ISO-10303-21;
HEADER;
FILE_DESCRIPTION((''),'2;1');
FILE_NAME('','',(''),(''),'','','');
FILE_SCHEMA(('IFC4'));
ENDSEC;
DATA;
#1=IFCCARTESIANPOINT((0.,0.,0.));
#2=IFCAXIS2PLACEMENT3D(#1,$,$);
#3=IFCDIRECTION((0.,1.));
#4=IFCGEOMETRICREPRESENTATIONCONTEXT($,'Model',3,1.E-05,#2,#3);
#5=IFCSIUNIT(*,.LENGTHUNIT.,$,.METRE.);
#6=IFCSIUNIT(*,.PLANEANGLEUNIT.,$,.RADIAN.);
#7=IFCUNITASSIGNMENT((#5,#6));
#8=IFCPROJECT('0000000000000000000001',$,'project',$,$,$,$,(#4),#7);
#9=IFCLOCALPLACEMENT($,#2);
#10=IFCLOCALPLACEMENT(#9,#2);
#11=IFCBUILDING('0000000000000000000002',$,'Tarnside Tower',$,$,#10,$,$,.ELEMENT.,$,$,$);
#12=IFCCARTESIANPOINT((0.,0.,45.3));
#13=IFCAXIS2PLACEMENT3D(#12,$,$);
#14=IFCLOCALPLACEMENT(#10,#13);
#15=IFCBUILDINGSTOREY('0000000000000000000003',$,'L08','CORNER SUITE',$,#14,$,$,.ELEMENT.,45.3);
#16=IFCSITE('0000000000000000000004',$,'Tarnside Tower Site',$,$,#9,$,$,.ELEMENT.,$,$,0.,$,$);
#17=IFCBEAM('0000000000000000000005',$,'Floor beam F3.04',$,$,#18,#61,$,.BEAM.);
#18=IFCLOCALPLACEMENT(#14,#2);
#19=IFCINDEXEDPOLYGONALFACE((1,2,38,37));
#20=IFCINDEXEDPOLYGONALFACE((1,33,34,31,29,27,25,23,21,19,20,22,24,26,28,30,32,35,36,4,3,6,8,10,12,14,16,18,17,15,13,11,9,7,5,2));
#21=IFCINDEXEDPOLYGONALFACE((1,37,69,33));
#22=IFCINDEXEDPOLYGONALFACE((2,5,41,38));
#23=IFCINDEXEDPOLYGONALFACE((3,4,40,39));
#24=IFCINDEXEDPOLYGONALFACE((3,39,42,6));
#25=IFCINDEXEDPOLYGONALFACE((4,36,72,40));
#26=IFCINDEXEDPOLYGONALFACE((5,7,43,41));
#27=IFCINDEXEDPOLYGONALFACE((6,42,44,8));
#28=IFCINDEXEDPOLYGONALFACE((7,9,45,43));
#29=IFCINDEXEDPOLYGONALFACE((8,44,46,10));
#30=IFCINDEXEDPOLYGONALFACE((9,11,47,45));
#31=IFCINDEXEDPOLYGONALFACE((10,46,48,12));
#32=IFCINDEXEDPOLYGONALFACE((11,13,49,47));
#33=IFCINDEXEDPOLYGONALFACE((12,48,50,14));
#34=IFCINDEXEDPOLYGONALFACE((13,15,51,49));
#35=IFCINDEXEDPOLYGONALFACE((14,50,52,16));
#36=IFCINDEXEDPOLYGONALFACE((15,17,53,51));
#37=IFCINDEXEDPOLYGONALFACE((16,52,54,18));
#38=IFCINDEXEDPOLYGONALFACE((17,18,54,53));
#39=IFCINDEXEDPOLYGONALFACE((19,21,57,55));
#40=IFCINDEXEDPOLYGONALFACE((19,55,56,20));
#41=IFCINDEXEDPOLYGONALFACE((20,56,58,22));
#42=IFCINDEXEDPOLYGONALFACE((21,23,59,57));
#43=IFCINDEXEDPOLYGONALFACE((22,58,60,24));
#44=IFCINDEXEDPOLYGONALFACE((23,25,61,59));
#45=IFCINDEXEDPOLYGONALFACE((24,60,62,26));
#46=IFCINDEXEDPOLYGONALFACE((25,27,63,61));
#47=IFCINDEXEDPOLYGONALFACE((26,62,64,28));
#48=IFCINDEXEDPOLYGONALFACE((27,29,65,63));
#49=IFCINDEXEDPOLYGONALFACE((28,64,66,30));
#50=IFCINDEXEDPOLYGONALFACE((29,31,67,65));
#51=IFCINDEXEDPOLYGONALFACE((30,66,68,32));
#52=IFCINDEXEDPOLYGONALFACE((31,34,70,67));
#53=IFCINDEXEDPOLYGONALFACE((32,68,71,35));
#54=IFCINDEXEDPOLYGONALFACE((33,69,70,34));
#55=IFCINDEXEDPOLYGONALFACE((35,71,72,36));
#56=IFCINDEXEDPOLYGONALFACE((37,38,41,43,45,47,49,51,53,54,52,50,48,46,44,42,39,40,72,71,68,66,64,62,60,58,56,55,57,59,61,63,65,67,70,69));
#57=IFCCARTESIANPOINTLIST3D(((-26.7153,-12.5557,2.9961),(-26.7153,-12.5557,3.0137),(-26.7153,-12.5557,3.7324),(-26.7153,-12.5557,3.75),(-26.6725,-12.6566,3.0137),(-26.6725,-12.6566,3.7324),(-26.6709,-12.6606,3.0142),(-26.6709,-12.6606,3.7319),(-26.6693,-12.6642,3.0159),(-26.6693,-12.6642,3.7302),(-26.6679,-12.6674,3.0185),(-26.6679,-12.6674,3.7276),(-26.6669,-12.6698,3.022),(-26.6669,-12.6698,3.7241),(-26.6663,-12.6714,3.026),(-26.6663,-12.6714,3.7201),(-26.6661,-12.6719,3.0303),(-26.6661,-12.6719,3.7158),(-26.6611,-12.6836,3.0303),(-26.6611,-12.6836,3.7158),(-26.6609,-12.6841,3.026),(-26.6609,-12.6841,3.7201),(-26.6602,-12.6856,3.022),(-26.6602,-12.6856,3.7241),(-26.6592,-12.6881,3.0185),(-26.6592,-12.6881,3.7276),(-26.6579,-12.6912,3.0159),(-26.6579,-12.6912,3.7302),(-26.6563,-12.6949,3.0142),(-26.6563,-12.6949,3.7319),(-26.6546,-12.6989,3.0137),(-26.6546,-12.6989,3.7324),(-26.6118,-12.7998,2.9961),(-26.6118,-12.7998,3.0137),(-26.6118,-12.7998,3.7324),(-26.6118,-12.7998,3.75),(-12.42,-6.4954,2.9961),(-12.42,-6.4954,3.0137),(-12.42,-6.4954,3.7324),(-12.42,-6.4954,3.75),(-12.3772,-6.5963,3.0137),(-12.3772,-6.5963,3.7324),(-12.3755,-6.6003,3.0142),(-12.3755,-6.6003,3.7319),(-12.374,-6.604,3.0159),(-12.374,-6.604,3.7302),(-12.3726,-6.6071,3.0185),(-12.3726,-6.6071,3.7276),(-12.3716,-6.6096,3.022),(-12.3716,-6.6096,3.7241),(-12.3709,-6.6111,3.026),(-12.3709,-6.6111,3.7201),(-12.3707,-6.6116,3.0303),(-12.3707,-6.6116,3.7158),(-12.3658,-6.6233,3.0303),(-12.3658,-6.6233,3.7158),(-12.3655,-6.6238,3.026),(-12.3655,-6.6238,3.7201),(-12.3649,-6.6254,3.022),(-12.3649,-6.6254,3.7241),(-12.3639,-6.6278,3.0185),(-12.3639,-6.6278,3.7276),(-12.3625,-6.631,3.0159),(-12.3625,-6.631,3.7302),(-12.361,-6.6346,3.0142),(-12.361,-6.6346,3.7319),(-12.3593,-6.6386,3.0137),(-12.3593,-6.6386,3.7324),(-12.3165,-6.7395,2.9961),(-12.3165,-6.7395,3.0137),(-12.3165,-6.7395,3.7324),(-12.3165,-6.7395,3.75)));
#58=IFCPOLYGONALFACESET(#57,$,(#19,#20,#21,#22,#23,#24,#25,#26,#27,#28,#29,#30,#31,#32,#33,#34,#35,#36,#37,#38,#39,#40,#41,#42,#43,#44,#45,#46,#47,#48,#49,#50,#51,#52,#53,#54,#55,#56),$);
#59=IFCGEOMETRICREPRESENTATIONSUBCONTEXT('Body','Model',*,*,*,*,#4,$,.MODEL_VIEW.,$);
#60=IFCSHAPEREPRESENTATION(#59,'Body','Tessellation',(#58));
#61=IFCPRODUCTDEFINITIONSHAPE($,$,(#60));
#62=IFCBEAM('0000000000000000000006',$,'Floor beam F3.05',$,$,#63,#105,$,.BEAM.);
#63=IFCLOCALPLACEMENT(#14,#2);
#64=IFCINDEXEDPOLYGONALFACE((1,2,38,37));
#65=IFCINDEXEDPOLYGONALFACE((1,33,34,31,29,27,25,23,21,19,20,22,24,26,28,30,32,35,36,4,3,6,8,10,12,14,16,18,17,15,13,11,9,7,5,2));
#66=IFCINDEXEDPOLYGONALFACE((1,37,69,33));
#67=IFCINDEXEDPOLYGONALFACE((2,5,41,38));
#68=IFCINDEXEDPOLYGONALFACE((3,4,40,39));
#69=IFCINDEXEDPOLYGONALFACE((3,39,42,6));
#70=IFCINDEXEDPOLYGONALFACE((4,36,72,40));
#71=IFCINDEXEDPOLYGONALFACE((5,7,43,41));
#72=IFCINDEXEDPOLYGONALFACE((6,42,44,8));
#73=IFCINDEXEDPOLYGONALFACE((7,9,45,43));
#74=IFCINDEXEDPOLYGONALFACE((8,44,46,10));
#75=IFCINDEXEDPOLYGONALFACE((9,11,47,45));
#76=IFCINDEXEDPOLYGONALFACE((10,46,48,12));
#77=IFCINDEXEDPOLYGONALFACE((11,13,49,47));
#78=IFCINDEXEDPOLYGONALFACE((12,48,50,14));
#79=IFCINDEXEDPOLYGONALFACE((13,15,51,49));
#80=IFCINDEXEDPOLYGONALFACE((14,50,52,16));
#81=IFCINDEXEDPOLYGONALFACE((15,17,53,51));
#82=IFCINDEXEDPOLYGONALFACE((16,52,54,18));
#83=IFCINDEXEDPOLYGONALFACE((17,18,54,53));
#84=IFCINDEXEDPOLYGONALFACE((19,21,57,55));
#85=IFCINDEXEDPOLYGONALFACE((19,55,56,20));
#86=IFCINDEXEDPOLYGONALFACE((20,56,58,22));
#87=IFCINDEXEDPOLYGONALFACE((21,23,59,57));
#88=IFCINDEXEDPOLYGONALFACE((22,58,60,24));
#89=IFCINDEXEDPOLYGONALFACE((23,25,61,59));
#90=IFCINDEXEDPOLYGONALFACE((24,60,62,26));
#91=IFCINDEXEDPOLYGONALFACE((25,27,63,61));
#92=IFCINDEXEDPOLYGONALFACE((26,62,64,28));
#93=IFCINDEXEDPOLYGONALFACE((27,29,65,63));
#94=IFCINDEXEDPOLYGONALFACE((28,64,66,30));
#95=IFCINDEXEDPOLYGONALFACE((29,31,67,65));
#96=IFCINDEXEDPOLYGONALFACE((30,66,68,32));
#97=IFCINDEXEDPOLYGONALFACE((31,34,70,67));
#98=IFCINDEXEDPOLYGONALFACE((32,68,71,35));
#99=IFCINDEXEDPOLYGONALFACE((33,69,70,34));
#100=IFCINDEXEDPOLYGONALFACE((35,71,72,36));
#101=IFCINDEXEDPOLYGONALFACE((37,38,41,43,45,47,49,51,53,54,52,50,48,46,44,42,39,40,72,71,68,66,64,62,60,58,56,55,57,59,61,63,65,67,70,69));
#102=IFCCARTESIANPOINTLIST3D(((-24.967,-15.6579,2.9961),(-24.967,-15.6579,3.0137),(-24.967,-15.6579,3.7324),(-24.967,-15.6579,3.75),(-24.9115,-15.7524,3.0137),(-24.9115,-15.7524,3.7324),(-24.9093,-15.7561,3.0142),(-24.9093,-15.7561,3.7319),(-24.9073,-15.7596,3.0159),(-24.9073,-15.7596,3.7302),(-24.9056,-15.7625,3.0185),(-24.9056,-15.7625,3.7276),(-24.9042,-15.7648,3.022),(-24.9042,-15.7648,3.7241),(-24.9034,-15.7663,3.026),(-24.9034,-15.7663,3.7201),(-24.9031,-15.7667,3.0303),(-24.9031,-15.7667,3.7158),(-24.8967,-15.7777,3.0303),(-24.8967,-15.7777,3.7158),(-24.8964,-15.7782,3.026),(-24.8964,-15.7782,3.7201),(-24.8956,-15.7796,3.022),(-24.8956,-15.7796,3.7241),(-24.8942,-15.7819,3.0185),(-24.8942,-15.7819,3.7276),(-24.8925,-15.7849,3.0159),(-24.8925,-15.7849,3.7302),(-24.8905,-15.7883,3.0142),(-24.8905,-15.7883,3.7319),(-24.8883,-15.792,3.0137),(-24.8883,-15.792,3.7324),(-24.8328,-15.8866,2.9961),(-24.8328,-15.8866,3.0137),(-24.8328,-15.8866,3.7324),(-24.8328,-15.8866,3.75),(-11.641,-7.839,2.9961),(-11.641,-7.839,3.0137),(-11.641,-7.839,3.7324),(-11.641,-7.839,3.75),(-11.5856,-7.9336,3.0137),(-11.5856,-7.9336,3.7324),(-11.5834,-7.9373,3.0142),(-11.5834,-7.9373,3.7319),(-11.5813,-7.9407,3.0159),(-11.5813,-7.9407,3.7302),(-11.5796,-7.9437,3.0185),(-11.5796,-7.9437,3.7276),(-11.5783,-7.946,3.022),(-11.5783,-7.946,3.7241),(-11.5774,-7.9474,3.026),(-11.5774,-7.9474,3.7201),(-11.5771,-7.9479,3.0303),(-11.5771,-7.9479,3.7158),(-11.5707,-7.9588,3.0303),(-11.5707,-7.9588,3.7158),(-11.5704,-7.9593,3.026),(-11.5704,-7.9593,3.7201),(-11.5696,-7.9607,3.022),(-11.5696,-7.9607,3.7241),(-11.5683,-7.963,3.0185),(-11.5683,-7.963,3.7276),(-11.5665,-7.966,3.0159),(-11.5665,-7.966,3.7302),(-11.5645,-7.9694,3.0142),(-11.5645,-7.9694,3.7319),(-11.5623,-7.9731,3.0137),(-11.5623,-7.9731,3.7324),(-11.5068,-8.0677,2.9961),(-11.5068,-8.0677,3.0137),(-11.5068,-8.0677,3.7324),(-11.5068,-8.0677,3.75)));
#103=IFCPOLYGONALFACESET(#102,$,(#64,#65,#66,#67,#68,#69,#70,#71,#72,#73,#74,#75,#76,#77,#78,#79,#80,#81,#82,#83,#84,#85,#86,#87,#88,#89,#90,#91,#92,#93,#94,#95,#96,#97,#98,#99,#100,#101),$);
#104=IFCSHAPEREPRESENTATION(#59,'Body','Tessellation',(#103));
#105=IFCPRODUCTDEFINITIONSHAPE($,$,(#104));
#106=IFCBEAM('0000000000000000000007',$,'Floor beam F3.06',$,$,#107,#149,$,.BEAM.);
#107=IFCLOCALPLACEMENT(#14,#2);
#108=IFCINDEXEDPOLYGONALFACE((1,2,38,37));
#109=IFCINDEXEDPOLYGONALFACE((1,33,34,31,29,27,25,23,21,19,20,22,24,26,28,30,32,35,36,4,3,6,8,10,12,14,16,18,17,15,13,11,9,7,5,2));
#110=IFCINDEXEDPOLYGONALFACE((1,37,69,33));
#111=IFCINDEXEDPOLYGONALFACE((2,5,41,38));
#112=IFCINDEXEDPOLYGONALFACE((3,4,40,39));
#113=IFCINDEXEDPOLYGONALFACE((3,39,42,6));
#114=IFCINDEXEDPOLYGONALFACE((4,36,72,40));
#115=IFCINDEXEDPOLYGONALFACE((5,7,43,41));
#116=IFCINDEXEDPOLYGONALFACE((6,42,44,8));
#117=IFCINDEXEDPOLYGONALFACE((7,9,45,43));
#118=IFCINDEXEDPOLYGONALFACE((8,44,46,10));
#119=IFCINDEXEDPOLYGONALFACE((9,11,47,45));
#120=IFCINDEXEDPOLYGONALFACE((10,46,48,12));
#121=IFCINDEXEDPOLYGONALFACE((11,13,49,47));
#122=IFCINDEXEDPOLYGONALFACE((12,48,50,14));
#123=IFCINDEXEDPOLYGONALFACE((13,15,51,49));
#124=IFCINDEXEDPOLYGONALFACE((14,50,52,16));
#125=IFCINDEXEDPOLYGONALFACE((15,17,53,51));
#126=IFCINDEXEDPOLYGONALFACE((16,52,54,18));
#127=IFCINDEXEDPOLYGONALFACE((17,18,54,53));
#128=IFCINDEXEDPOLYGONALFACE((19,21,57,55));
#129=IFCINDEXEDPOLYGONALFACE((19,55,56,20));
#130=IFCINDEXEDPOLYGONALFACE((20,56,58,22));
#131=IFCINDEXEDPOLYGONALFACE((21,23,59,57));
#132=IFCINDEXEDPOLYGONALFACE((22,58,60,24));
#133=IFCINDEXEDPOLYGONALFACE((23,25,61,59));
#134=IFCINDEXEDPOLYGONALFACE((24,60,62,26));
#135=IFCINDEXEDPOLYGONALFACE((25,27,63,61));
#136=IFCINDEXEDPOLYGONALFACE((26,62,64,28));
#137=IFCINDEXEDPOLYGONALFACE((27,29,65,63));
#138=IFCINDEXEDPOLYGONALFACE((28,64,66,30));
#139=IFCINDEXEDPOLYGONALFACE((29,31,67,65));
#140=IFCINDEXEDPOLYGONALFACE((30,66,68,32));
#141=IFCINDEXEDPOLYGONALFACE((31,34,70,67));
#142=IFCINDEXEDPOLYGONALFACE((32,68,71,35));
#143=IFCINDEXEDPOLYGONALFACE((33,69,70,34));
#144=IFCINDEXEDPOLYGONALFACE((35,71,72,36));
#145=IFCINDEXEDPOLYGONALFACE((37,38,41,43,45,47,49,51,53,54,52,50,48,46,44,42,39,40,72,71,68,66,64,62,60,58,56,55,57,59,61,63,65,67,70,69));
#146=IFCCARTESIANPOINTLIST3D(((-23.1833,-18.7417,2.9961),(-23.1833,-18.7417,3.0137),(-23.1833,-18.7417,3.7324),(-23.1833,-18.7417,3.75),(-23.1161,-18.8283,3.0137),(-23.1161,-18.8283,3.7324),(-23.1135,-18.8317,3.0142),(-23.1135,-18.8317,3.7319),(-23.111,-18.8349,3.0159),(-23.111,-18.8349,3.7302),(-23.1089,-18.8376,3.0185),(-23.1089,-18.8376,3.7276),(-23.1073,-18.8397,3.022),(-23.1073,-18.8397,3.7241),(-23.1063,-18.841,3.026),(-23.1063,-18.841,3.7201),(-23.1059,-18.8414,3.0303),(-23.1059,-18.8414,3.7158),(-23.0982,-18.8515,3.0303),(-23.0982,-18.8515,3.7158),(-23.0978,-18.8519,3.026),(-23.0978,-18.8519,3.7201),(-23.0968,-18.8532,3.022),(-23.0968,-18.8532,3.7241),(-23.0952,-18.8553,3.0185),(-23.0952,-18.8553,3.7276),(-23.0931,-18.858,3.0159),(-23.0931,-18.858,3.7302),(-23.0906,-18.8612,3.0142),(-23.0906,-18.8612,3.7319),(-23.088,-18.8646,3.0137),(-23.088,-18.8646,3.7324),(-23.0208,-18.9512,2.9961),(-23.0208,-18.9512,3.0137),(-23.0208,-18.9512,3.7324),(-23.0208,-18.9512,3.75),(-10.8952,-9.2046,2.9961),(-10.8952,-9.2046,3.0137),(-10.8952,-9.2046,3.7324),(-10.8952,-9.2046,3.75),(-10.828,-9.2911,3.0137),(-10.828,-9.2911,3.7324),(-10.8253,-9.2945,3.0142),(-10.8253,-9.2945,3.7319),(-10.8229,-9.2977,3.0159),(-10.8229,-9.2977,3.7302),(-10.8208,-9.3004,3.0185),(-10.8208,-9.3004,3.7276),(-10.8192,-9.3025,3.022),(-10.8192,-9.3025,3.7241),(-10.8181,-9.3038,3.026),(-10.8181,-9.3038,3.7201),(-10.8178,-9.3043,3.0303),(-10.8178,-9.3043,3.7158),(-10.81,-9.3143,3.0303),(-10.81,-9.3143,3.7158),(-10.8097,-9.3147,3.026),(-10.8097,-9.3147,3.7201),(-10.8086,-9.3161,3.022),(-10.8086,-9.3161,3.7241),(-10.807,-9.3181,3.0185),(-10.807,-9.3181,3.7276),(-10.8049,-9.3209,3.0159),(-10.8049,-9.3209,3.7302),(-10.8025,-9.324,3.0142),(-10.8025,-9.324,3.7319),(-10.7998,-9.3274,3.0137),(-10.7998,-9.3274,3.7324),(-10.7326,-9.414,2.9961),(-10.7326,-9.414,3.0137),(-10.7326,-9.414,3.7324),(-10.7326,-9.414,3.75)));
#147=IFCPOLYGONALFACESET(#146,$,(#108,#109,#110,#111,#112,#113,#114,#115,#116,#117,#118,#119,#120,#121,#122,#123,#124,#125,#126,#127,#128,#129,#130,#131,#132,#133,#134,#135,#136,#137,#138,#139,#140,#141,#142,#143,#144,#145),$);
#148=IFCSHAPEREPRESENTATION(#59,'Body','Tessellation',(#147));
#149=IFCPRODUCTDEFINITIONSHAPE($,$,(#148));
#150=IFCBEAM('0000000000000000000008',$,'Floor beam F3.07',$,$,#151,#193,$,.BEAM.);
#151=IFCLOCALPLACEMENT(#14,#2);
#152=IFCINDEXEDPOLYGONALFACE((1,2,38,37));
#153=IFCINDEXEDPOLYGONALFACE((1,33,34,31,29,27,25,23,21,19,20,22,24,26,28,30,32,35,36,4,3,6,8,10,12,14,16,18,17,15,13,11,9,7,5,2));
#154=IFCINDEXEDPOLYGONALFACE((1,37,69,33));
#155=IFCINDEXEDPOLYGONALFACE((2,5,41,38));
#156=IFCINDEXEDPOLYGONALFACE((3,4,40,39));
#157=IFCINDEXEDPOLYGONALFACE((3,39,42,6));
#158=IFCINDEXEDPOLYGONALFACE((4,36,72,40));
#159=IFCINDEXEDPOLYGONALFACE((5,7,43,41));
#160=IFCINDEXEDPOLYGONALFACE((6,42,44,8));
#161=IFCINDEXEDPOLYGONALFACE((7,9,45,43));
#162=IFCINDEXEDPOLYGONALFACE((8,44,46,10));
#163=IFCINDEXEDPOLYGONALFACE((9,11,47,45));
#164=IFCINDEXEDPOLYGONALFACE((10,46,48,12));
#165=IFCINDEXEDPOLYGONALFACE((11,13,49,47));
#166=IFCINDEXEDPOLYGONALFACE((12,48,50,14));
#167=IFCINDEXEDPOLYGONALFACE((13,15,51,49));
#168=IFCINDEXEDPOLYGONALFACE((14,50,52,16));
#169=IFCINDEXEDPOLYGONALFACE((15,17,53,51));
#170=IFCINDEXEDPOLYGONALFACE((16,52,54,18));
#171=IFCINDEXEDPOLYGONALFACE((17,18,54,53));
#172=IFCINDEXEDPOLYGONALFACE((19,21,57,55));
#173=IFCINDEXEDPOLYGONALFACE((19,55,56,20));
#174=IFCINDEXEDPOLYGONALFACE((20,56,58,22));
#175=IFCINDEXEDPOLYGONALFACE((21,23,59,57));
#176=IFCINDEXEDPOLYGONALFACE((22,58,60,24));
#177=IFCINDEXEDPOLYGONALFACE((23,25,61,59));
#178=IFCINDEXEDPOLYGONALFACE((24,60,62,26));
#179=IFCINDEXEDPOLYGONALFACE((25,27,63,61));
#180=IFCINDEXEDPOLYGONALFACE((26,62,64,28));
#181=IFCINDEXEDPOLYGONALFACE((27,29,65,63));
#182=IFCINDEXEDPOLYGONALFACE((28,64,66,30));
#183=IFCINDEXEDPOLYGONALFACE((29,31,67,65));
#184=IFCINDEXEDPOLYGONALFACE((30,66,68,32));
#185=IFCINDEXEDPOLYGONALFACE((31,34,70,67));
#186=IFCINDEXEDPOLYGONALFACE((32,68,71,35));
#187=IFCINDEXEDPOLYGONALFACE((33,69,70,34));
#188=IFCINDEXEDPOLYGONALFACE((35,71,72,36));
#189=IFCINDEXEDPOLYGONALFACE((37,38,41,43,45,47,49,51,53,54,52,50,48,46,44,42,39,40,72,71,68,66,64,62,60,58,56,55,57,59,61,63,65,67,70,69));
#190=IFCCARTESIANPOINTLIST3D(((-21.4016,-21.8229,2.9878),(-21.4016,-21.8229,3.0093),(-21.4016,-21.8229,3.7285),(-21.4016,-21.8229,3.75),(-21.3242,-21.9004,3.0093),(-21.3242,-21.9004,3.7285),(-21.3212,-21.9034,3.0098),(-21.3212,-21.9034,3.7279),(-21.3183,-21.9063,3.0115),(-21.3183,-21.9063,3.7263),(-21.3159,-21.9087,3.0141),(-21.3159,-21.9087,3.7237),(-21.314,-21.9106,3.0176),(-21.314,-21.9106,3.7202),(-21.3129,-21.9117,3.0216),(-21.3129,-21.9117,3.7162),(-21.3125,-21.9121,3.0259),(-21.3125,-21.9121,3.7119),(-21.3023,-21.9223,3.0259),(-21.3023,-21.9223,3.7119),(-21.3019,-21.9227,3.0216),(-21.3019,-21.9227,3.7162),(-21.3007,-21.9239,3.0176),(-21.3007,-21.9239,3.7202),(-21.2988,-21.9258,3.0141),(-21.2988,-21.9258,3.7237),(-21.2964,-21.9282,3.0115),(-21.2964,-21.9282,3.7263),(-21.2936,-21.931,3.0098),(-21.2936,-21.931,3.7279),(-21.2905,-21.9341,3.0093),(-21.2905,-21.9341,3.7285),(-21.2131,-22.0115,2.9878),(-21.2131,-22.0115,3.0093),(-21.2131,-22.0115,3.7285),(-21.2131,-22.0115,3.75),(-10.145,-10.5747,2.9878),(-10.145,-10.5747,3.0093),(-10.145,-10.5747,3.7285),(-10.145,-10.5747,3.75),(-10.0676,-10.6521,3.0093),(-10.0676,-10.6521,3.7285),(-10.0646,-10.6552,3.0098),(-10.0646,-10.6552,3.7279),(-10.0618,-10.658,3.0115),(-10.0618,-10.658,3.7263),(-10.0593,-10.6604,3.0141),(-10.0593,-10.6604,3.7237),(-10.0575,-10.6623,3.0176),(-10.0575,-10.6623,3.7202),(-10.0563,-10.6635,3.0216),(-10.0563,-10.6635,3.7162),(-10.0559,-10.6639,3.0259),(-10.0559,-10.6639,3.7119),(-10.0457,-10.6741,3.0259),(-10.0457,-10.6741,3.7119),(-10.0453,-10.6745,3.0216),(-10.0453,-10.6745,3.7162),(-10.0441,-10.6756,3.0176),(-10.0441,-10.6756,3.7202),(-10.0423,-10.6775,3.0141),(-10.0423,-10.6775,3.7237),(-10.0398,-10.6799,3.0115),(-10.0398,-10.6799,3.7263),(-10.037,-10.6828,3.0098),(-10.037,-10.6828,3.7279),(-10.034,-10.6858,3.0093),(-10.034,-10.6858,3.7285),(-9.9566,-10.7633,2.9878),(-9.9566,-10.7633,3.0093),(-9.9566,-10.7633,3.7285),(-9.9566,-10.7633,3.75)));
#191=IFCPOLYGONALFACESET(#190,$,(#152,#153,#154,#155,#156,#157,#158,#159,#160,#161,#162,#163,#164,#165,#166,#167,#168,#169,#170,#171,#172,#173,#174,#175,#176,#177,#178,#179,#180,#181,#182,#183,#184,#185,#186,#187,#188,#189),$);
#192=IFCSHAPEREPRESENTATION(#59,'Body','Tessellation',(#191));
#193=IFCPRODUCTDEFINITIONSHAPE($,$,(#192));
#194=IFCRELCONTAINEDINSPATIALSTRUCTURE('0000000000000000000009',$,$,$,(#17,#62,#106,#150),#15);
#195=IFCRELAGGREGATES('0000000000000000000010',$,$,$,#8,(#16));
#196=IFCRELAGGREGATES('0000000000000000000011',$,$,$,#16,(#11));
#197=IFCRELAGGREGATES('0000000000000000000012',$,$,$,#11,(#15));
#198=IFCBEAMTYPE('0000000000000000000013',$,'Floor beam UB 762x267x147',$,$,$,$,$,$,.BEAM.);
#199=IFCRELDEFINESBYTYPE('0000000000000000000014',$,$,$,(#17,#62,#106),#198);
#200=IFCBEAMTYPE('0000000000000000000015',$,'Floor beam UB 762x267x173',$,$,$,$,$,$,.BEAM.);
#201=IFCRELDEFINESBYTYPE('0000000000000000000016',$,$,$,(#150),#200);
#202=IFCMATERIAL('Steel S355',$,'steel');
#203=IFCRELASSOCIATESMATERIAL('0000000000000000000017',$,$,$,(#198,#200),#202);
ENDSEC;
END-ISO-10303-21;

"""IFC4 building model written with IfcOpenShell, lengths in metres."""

from ifc_helpers import new_model, si_unit, direction, frame, origin, origin_2d, place, context, subcontext, project, spatial, i_section, extrude, material, material_profile, profile_set, type_object, element, save


model = new_model("IFC4")

# Units and contexts
model_context = context("Model", 3, precision=1e-05, world=origin(), true_north=direction((0.0, 1.0)))
body_context = subcontext(model_context, "Body", "Model", "MODEL_VIEW")
ifc_project = project(units=[si_unit("LENGTHUNIT", "METRE"), si_unit("PLANEANGLEUNIT", "RADIAN")], contexts=[model_context])

# Site, building, storey
site_placement = place(None, origin())
site = spatial("IfcSite", under=ifc_project, at=site_placement, Name="Tarnside Tower Site", CompositionType="ELEMENT", RefElevation=0.0)
building_placement = place(site_placement, origin())
building = spatial("IfcBuilding", under=site, at=building_placement, Name="Tarnside Tower", CompositionType="ELEMENT")
storey_placement = place(building_placement, frame((0.0, 0.0, 45.3)))
storey = spatial("IfcBuildingStorey", under=building, at=storey_placement, Name="L08", Description="CORNER SUITE", CompositionType="ELEMENT", Elevation=45.3)

# Beams
ifc_material_1 = material(Name="Steel S355", Category="steel")
ifc_material_profile_1 = material_profile(ifc_material_1, i_section(OverallWidth=0.2651, OverallDepth=0.7539, WebThickness=0.0127, FlangeThickness=0.0176, FilletRadius=0.0166, at=origin_2d()), Name="UB 762x267x147")
ifc_profile_set_1 = profile_set([ifc_material_profile_1], Name="Steel S355")
beam_type_1 = type_object("IfcBeamType", Name="Floor beam UB 762x267x147", PredefinedType="BEAM", material=ifc_profile_set_1)
beam_1_placement = place(storey_placement, frame((-26.6636, -12.6777, 3.373), z_axis=(0.920684, 0.390309, 0.0), x_axis=(-0.390309, 0.920684, 0.0)))
element("IfcBeam", 1, at=beam_1_placement, inside=storey, type_object=beam_type_1, Name="Floor beam F3.04", PredefinedType="BEAM", context=body_context, shape_type="SweptSolid", body=[
    extrude(i_section(OverallWidth=0.2651, OverallDepth=0.7539, WebThickness=0.0127, FlangeThickness=0.0176, FilletRadius=0.0166, at=origin_2d()), origin(), (0.0, 0.0, 1.0), 15.5269),
])
beam_2_placement = place(storey_placement, frame((-24.8999, -15.7722, 3.373), z_axis=(0.862498, 0.506061, 0.0), x_axis=(-0.506061, 0.862498, 0.0)))
element("IfcBeam", 2, at=beam_2_placement, inside=storey, type_object=beam_type_1, Name="Floor beam F3.05", PredefinedType="BEAM", context=body_context, shape_type="SweptSolid", body=[
    extrude(i_section(OverallWidth=0.2651, OverallDepth=0.7539, WebThickness=0.0127, FlangeThickness=0.0176, FilletRadius=0.0166, at=origin_2d()), origin(), (0.0, 0.0, 1.0), 15.4504),
])
beam_3_placement = place(storey_placement, frame((-23.1021, -18.8464, 3.373), z_axis=(0.789984, 0.613128, 0.0), x_axis=(-0.613128, 0.789984, 0.0)))
element("IfcBeam", 3, at=beam_3_placement, inside=storey, type_object=beam_type_1, Name="Floor beam F3.06", PredefinedType="BEAM", context=body_context, shape_type="SweptSolid", body=[
    extrude(i_section(OverallWidth=0.2651, OverallDepth=0.7539, WebThickness=0.0127, FlangeThickness=0.0176, FilletRadius=0.0166, at=origin_2d()), origin(), (0.0, 0.0, 1.0), 15.5549),
])
ifc_material_profile_2 = material_profile(ifc_material_1, i_section(OverallWidth=0.2666, OverallDepth=0.7622, WebThickness=0.0144, FlangeThickness=0.0215, FilletRadius=0.0166, at=origin_2d()), Name="UB 762x267x173")
ifc_profile_set_2 = profile_set([ifc_material_profile_2], Name="Steel S355")
beam_type_2 = type_object("IfcBeamType", Name="Floor beam UB 762x267x173", PredefinedType="BEAM", material=ifc_profile_set_2)
beam_4_placement = place(storey_placement, frame((-21.3074, -21.9172, 3.3689), z_axis=(0.707368, 0.706846, 0.0), x_axis=(-0.706846, 0.707368, 0.0)))
element("IfcBeam", 4, at=beam_4_placement, inside=storey, type_object=beam_type_2, Name="Floor beam F3.07", PredefinedType="BEAM", context=body_context, shape_type="SweptSolid", body=[
    extrude(i_section(OverallWidth=0.2666, OverallDepth=0.7622, WebThickness=0.0144, FlangeThickness=0.0215, FilletRadius=0.0166, at=origin_2d()), origin(), (0.0, 0.0, 1.0), 15.9133),
])

save(model, "model.ifc")
